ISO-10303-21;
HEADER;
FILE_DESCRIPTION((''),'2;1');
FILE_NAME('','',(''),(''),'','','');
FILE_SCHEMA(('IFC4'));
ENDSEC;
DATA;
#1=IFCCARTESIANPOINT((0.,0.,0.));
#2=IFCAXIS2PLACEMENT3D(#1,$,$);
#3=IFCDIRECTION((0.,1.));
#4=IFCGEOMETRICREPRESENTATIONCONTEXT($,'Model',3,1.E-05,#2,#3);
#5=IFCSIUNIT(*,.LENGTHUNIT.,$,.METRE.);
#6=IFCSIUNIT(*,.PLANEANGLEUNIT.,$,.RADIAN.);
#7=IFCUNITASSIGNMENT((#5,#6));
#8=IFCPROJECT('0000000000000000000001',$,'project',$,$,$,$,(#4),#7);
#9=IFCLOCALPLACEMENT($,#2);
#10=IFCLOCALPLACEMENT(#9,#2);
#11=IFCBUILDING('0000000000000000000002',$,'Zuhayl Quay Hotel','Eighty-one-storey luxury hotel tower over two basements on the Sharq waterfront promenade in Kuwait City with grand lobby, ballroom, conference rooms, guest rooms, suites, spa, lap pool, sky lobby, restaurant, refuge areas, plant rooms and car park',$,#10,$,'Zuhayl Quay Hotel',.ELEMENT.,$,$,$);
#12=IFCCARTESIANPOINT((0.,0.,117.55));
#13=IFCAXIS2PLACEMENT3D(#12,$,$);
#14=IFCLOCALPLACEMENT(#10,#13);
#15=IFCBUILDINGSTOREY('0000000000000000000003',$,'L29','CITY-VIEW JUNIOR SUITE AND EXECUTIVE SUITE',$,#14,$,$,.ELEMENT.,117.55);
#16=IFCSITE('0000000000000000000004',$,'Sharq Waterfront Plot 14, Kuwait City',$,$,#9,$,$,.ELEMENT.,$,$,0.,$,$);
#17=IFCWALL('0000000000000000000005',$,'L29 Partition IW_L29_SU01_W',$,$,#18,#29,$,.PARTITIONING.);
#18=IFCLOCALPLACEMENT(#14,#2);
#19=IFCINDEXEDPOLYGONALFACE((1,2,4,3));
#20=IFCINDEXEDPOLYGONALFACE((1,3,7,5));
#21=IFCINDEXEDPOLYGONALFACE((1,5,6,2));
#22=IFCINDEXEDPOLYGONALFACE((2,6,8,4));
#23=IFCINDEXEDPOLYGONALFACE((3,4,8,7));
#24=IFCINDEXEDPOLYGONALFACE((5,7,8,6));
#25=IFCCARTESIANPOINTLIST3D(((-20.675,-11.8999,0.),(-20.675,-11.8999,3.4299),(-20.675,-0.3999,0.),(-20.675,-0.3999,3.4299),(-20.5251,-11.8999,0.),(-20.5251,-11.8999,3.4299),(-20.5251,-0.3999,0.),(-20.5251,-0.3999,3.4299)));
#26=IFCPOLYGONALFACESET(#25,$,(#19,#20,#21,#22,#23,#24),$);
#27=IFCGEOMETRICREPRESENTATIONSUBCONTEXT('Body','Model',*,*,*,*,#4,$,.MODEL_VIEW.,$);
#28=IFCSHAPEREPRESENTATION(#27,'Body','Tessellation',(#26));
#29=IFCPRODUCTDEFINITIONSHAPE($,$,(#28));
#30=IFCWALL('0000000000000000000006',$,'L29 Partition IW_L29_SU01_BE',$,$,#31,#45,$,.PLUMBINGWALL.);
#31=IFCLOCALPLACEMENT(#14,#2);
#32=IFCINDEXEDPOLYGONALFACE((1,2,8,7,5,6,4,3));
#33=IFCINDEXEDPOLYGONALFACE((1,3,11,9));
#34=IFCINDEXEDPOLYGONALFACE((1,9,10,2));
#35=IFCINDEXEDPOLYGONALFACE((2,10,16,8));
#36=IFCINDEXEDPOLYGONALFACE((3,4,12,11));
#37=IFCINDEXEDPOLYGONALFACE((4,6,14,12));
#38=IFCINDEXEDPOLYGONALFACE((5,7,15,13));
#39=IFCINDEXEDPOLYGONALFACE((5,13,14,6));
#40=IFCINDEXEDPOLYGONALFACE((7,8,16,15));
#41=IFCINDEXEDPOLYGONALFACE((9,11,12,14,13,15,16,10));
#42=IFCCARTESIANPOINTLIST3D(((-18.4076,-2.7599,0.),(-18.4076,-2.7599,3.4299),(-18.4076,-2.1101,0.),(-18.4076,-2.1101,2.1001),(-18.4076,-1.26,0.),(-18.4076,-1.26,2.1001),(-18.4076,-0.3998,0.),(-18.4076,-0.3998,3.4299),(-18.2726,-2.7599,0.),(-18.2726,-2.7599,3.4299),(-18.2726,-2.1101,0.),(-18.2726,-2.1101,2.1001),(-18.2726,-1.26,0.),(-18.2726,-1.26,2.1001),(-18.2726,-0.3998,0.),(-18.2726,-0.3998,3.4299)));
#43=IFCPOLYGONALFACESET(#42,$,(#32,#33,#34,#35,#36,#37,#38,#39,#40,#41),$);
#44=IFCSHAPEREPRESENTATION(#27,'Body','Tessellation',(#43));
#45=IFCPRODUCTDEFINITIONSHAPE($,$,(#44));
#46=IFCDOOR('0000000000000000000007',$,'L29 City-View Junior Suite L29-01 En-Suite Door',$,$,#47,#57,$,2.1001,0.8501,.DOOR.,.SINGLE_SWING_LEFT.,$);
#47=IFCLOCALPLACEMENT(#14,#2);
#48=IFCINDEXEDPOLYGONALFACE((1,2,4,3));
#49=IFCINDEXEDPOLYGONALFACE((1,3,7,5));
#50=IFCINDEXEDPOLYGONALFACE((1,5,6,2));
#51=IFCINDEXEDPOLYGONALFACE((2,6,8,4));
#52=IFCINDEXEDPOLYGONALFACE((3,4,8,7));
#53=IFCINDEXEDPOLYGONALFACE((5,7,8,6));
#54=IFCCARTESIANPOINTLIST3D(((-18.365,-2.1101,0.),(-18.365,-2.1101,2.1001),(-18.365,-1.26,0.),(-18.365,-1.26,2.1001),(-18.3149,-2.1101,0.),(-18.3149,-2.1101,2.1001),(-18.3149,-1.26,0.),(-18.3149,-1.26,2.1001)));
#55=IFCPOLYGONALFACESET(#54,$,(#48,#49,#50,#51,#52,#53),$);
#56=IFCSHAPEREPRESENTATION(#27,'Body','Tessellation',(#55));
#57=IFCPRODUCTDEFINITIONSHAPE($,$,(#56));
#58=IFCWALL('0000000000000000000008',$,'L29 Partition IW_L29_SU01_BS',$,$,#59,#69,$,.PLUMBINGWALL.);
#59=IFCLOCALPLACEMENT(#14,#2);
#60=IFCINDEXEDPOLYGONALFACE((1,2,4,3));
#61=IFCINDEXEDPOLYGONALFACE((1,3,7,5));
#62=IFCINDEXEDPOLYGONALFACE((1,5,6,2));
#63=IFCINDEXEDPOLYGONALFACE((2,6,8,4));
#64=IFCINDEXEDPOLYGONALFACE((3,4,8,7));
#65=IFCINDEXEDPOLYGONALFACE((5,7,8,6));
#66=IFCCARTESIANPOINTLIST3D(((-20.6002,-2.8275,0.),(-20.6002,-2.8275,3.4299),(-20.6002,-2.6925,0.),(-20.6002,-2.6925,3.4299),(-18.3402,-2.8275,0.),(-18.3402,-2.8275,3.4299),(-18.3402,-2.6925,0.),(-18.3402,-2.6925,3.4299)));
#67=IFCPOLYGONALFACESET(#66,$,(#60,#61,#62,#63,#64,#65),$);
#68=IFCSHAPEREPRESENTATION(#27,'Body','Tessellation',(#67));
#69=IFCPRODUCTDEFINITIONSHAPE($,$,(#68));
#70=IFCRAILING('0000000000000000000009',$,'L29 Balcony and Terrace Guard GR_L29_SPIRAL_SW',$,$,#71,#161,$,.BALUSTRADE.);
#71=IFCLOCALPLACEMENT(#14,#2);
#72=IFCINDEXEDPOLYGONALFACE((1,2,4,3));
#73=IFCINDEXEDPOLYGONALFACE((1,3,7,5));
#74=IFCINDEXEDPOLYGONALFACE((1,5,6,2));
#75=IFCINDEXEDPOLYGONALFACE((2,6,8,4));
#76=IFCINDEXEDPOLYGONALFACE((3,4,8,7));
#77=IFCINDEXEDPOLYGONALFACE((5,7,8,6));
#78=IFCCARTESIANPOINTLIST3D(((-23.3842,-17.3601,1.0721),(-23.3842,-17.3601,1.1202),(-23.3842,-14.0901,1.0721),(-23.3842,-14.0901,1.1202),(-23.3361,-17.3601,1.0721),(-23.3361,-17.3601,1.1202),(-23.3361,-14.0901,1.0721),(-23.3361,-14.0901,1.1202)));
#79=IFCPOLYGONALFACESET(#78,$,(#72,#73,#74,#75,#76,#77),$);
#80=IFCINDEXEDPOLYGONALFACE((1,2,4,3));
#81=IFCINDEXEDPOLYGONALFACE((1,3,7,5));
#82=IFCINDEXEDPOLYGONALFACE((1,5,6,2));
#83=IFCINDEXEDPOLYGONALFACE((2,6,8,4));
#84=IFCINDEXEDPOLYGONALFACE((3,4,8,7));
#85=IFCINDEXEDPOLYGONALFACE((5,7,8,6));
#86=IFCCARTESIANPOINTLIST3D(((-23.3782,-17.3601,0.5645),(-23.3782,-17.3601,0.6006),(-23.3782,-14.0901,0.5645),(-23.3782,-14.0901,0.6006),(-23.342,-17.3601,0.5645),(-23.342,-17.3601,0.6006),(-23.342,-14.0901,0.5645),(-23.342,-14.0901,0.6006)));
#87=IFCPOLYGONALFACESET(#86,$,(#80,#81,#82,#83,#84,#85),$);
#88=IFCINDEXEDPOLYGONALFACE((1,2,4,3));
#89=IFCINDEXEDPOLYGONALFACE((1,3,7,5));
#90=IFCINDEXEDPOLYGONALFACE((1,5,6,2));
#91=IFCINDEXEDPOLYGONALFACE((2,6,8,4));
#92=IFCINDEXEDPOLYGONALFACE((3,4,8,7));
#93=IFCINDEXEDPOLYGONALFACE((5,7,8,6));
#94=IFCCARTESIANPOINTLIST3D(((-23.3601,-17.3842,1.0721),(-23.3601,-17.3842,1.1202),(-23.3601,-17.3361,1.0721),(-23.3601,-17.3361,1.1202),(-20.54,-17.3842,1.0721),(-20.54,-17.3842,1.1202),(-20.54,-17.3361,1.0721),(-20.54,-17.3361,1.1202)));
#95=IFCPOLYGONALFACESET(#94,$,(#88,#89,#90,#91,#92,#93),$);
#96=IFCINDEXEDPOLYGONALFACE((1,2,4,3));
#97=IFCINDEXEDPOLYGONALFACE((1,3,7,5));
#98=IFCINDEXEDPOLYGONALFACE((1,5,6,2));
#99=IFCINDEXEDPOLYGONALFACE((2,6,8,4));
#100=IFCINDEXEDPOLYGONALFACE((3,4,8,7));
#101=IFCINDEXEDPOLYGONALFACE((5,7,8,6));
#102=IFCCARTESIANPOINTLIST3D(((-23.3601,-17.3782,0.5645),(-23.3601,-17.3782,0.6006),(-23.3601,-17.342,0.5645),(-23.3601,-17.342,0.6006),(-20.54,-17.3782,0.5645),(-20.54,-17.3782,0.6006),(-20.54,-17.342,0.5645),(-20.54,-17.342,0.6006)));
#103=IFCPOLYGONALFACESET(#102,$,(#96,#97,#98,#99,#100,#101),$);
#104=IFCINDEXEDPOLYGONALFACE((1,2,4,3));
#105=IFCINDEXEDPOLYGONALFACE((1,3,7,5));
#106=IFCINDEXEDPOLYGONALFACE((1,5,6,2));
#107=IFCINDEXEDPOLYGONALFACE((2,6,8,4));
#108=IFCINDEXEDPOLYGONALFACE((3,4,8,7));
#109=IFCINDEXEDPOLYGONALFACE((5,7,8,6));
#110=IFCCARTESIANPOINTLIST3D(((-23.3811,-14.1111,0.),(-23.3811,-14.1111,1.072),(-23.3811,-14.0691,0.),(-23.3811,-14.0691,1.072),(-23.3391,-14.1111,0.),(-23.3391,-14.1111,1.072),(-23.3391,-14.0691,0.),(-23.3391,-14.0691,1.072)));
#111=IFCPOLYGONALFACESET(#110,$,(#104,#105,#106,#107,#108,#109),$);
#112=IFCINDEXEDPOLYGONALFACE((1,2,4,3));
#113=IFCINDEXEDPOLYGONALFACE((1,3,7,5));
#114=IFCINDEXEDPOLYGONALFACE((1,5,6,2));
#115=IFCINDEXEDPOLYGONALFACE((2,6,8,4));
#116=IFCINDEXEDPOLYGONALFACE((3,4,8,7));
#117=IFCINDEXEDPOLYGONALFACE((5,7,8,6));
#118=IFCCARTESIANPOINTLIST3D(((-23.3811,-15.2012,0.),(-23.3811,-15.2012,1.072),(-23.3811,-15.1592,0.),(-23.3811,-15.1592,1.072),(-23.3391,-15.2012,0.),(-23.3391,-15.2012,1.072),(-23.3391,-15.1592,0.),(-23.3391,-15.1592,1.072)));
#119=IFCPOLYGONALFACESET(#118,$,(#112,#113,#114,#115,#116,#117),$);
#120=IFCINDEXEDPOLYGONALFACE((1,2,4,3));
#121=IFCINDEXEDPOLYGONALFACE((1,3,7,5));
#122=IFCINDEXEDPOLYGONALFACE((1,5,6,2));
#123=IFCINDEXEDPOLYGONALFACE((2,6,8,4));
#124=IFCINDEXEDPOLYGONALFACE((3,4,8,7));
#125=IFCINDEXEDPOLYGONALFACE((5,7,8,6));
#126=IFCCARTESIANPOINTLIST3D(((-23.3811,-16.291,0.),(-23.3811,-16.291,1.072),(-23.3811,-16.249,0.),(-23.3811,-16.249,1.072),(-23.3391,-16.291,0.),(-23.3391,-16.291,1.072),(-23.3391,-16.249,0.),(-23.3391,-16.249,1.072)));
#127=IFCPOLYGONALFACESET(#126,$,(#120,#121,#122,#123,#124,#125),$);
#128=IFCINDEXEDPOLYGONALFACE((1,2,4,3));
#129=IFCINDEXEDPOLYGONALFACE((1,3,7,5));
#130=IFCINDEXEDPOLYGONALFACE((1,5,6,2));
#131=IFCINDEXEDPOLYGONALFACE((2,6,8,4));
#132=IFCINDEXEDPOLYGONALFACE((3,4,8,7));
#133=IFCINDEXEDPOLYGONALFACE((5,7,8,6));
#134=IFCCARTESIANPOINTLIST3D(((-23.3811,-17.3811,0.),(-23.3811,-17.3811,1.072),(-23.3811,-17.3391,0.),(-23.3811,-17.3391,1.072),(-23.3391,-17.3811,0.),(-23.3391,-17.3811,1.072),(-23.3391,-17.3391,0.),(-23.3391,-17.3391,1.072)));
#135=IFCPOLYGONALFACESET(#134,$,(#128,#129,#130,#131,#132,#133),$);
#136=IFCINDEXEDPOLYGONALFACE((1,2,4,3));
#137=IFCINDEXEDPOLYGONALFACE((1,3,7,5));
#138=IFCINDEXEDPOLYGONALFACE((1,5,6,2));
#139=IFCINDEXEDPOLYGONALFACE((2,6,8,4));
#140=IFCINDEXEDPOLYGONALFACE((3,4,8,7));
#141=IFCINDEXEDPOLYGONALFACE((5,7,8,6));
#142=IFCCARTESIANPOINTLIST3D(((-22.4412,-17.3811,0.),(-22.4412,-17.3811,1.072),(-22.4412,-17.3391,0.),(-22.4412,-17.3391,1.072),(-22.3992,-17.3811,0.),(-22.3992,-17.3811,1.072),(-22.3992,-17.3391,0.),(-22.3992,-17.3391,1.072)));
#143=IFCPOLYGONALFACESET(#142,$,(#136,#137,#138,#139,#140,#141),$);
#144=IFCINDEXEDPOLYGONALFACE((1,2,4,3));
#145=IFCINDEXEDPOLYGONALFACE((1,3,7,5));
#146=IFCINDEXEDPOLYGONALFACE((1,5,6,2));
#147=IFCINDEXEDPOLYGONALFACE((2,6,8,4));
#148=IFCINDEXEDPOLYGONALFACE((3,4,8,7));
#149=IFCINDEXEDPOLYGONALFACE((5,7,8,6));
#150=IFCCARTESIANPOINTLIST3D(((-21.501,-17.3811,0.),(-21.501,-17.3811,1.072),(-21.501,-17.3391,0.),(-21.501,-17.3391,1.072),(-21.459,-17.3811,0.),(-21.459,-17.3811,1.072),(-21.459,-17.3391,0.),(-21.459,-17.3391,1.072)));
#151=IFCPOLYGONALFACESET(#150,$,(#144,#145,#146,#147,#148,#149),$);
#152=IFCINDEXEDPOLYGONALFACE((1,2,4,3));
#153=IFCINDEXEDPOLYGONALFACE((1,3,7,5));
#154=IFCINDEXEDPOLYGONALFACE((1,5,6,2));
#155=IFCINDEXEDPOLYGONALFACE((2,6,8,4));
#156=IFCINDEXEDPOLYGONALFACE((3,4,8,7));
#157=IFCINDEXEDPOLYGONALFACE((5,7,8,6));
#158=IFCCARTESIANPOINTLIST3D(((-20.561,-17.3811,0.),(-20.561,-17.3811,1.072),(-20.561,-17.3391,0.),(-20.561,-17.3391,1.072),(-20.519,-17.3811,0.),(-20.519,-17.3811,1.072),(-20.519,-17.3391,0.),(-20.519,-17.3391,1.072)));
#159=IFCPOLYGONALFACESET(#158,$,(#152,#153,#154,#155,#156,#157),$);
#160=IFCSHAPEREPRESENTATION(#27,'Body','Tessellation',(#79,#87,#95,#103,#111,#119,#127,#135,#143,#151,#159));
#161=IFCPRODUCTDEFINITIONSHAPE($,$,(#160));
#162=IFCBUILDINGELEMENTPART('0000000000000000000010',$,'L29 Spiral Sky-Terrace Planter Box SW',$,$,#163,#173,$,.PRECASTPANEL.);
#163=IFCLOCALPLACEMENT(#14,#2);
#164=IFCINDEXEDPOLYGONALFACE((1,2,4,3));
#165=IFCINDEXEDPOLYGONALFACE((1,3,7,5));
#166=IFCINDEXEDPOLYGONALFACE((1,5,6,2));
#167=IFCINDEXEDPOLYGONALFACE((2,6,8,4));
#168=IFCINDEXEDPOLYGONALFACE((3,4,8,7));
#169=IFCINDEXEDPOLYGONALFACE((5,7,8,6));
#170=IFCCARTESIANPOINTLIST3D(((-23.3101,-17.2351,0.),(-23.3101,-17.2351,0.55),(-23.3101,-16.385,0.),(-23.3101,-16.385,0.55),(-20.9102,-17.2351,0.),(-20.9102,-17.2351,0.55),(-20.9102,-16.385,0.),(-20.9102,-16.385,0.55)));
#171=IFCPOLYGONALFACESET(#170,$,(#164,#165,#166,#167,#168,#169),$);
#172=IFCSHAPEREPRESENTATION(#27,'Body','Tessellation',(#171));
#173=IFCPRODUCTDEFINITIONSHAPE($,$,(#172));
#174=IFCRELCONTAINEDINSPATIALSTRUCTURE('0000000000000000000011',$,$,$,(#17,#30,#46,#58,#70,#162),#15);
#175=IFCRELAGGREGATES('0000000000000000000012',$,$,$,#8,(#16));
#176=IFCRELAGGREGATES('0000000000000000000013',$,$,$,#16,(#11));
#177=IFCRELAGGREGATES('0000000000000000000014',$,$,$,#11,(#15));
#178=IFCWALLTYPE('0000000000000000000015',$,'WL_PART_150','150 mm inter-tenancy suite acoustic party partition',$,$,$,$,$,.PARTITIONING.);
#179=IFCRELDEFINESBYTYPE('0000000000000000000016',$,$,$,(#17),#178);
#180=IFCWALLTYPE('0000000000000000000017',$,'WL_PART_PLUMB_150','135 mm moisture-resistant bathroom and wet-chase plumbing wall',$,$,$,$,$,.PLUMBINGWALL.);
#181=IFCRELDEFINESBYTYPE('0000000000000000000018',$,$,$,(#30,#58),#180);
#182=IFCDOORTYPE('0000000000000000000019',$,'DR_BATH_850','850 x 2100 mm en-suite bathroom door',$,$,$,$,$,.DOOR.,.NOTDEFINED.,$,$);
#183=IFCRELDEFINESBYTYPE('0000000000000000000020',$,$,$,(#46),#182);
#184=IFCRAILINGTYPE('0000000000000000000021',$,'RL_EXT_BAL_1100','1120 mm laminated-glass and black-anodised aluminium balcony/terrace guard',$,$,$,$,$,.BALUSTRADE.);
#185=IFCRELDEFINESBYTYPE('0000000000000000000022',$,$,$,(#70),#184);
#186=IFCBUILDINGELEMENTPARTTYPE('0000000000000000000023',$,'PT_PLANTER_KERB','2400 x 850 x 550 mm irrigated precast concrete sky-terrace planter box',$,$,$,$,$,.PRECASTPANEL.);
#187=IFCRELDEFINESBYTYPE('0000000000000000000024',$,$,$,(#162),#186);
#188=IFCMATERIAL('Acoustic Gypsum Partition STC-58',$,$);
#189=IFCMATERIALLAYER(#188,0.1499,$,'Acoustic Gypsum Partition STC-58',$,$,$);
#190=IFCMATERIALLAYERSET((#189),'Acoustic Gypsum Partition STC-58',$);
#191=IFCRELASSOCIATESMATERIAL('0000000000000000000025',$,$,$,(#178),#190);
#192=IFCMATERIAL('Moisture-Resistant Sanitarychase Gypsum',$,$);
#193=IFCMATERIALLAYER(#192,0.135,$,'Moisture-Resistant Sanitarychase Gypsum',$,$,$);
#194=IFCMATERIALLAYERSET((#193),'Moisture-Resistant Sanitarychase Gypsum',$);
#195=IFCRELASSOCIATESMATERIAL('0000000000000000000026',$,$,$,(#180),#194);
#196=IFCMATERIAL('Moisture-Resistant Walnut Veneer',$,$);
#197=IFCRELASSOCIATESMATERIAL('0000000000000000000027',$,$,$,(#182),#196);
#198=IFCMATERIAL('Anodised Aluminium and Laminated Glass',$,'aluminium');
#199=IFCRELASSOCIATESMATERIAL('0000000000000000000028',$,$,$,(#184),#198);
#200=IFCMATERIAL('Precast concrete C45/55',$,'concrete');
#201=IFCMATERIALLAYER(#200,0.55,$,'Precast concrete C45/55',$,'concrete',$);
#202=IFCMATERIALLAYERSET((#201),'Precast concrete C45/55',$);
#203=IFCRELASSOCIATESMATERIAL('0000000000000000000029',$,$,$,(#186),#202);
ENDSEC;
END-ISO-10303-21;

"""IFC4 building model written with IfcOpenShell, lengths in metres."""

from ifc_helpers import new_model, si_unit, direction, frame, frame_2d, origin, origin_2d, place, context, subcontext, project, spatial, rectangle, extrude, material, layer, layer_set, type_object, element, fill, save


model = new_model("IFC4")

# Units and contexts
model_context = context("Model", 3, precision=1e-05, world=origin(), true_north=direction((0.0, 1.0)))
body_context = subcontext(model_context, "Body", "Model", "MODEL_VIEW")
ifc_project = project(units=[si_unit("LENGTHUNIT", "METRE"), si_unit("PLANEANGLEUNIT", "RADIAN")], contexts=[model_context])

# Site, building, storey
site_placement = place(None, origin())
site = spatial("IfcSite", under=ifc_project, at=site_placement, Name="Sharq Waterfront Plot 14, Kuwait City", CompositionType="ELEMENT", RefElevation=0.0)
building_placement = place(site_placement, origin())
building = spatial("IfcBuilding", under=site, at=building_placement, Name="Zuhayl Quay Hotel", Description="Eighty-one-storey luxury hotel tower over two basements on the Sharq waterfront promenade in Kuwait City with grand lobby, ballroom, conference rooms, guest rooms, suites, spa, lap pool, sky lobby, restaurant, refuge areas, plant rooms and car park", LongName="Zuhayl Quay Hotel", CompositionType="ELEMENT")
storey_placement = place(building_placement, frame((0.0, 0.0, 117.55)))
storey = spatial("IfcBuildingStorey", under=building, at=storey_placement, Name="L29", Description="CITY-VIEW JUNIOR SUITE AND EXECUTIVE SUITE", CompositionType="ELEMENT", Elevation=117.55)

# Shared definitions
ifc_material_1 = material(Name="Precast concrete C45/55", Category="concrete")

# Wall
ifc_material_2 = material(Name="Acoustic Gypsum Partition STC-58")
ifc_layer_1 = layer(ifc_material_2, 0.1499, Name="Acoustic Gypsum Partition STC-58")
ifc_layer_set_1 = layer_set([ifc_layer_1], Name="Acoustic Gypsum Partition STC-58")
wall_type_1 = type_object("IfcWallType", Name="WL_PART_150", Description="150 mm inter-tenancy suite acoustic party partition", PredefinedType="PARTITIONING", material=ifc_layer_set_1)
wall_1_placement = place(storey_placement, frame((-20.6001, -11.8999, 0.0), z_axis=(0.0, 0.0, 1.0), x_axis=(0.0, 1.0, 0.0)))
element("IfcWall", 1, at=wall_1_placement, inside=storey, type_object=wall_type_1, Name="L29 Partition IW_L29_SU01_W", PredefinedType="PARTITIONING", context=body_context, shape_type="SweptSolid", body=[
    extrude(rectangle(XDim=11.5, YDim=0.1499, at=frame_2d((5.75, 0.0))), origin(), (0.0, 0.0, 1.0), 3.4299),
])

# Wall, opening, door
ifc_material_3 = material(Name="Moisture-Resistant Sanitarychase Gypsum")
ifc_layer_2 = layer(ifc_material_3, 0.135, Name="Moisture-Resistant Sanitarychase Gypsum")
ifc_layer_set_2 = layer_set([ifc_layer_2], Name="Moisture-Resistant Sanitarychase Gypsum")
wall_type_2 = type_object("IfcWallType", Name="WL_PART_PLUMB_150", Description="135 mm moisture-resistant bathroom and wet-chase plumbing wall", PredefinedType="PLUMBINGWALL", material=ifc_layer_set_2)
wall_2_placement = place(storey_placement, frame((-18.3401, -2.76, 0.0), z_axis=(0.0, 0.0, 1.0), x_axis=(0.0, 1.0, 0.0)))
wall_2 = element("IfcWall", 2, at=wall_2_placement, inside=storey, type_object=wall_type_2, Name="L29 Partition IW_L29_SU01_BE", PredefinedType="PLUMBINGWALL", context=body_context, shape_type="SweptSolid", body=[
    extrude(rectangle(XDim=2.3601, YDim=0.135, at=frame_2d((1.1802, 0.0))), origin(), (0.0, 0.0, 1.0), 3.4299),
])
opening_1_placement = place(wall_2_placement, frame((0.6499, 0.0, 0.0)))
opening_1 = element("IfcOpeningElement", 3, at=opening_1_placement, cuts=wall_2, PredefinedType="OPENING", context=body_context, shape_type="SweptSolid", body=[
    extrude(rectangle(XDim=0.8501, YDim=2.1001, at=frame_2d((0.425, 1.05))), frame((0.0, 0.0774, 0.0), z_axis=(0.0, -1.0, 0.0), x_axis=(1.0, 0.0, 0.0)), (0.0, 0.0, 1.0), 0.155),
])
ifc_material_4 = material(Name="Moisture-Resistant Walnut Veneer")
door_type_1 = type_object("IfcDoorType", Name="DR_BATH_850", Description="850 x 2100 mm en-suite bathroom door", OperationType="NOTDEFINED", PredefinedType="DOOR", material=ifc_material_4)
door_1_placement = place(opening_1_placement, origin())
door_1 = element("IfcDoor", 4, at=door_1_placement, inside=storey, type_object=door_type_1, Name="L29 City-View Junior Suite L29-01 En-Suite Door", OperationType="SINGLE_SWING_LEFT", OverallHeight=2.1001, OverallWidth=0.8501, PredefinedType="DOOR", context=body_context, shape_type="SweptSolid", body=[
    extrude(rectangle(XDim=0.8501, YDim=2.1001, at=frame_2d((0.425, 1.05))), frame((0.0, 0.0249, 0.0), z_axis=(0.0, -1.0, 0.0), x_axis=(1.0, 0.0, 0.0)), (0.0, 0.0, 1.0), 0.05),
])
fill(opening_1, door_1)

# Wall
wall_3_placement = place(storey_placement, frame((-20.6001, -2.76, 0.0), z_axis=(0.0, 0.0, 1.0), x_axis=(1.0, 0.0, 0.0)))
element("IfcWall", 5, at=wall_3_placement, inside=storey, type_object=wall_type_2, Name="L29 Partition IW_L29_SU01_BS", PredefinedType="PLUMBINGWALL", context=body_context, shape_type="SweptSolid", body=[
    extrude(rectangle(XDim=2.26, YDim=0.135, at=frame_2d((1.1299, 0.0))), origin(), (0.0, 0.0, 1.0), 3.4299),
])

# Railing
ifc_material_5 = material(Name="Anodised Aluminium and Laminated Glass", Category="aluminium")
railing_type = type_object("IfcRailingType", Name="RL_EXT_BAL_1100", Description="1120 mm laminated-glass and black-anodised aluminium balcony/terrace guard", PredefinedType="BALUSTRADE", material=ifc_material_5)
railing_1_placement = place(storey_placement, frame((-23.3601, -14.0901, 0.0)))
element("IfcRailing", 6, at=railing_1_placement, inside=storey, type_object=railing_type, Name="L29 Balcony and Terrace Guard GR_L29_SPIRAL_SW", PredefinedType="BALUSTRADE", context=body_context, shape_type="SweptSolid", body=[
    extrude(rectangle(XDim=0.0481, YDim=0.0481, at=origin_2d()), frame((0.0, 0.0, 1.0962), z_axis=(0.0, -1.0, 0.0), x_axis=(1.0, 0.0, 0.0)), (0.0, 0.0, 1.0), 3.27),
    extrude(rectangle(XDim=0.0361, YDim=0.0361, at=origin_2d()), frame((0.0, 0.0, 0.5825), z_axis=(0.0, -1.0, 0.0), x_axis=(1.0, 0.0, 0.0)), (0.0, 0.0, 1.0), 3.27),
    extrude(rectangle(XDim=0.0481, YDim=0.0481, at=origin_2d()), frame((0.0, -3.27, 1.0962), z_axis=(1.0, 0.0, 0.0), x_axis=(0.0, 1.0, 0.0)), (0.0, 0.0, 1.0), 2.8201),
    extrude(rectangle(XDim=0.0361, YDim=0.0361, at=origin_2d()), frame((0.0, -3.27, 0.5825), z_axis=(1.0, 0.0, 0.0), x_axis=(0.0, 1.0, 0.0)), (0.0, 0.0, 1.0), 2.8201),
    extrude(rectangle(XDim=0.042, YDim=0.042, at=origin_2d()), origin(), (0.0, 0.0, 1.0), 1.072),
    extrude(rectangle(XDim=0.042, YDim=0.042, at=origin_2d()), frame((0.0, -1.0901, 0.0)), (0.0, 0.0, 1.0), 1.072),
    extrude(rectangle(XDim=0.042, YDim=0.042, at=origin_2d()), frame((0.0, -2.1799, 0.0)), (0.0, 0.0, 1.0), 1.072),
    extrude(rectangle(XDim=0.042, YDim=0.042, at=origin_2d()), frame((0.0, -3.27, 0.0)), (0.0, 0.0, 1.0), 1.072),
    extrude(rectangle(XDim=0.042, YDim=0.042, at=origin_2d()), frame((0.9399, -3.27, 0.0)), (0.0, 0.0, 1.0), 1.072),
    extrude(rectangle(XDim=0.042, YDim=0.042, at=origin_2d()), frame((1.8801, -3.27, 0.0)), (0.0, 0.0, 1.0), 1.072),
    extrude(rectangle(XDim=0.042, YDim=0.042, at=origin_2d()), frame((2.8201, -3.27, 0.0)), (0.0, 0.0, 1.0), 1.072),
])

# Building element part
ifc_layer_3 = layer(ifc_material_1, 0.55, Name="Precast concrete C45/55", Category="concrete")
ifc_layer_set_3 = layer_set([ifc_layer_3], Name="Precast concrete C45/55")
building_element_part_type = type_object("IfcBuildingElementPartType", Name="PT_PLANTER_KERB", Description="2400 x 850 x 550 mm irrigated precast concrete sky-terrace planter box", PredefinedType="PRECASTPANEL", material=ifc_layer_set_3)
building_element_part_placement = place(storey_placement, frame((-22.1101, -16.8101, 0.0), z_axis=(0.0, 0.0, 1.0), x_axis=(1.0, 0.0, 0.0)))
element("IfcBuildingElementPart", 7, at=building_element_part_placement, inside=storey, type_object=building_element_part_type, Name="L29 Spiral Sky-Terrace Planter Box SW", PredefinedType="PRECASTPANEL", context=body_context, shape_type="SweptSolid", body=[
    extrude(rectangle(XDim=2.3999, YDim=0.8501, at=origin_2d()), origin(), (0.0, 0.0, 1.0), 0.55),
])

save(model, "model.ifc")
